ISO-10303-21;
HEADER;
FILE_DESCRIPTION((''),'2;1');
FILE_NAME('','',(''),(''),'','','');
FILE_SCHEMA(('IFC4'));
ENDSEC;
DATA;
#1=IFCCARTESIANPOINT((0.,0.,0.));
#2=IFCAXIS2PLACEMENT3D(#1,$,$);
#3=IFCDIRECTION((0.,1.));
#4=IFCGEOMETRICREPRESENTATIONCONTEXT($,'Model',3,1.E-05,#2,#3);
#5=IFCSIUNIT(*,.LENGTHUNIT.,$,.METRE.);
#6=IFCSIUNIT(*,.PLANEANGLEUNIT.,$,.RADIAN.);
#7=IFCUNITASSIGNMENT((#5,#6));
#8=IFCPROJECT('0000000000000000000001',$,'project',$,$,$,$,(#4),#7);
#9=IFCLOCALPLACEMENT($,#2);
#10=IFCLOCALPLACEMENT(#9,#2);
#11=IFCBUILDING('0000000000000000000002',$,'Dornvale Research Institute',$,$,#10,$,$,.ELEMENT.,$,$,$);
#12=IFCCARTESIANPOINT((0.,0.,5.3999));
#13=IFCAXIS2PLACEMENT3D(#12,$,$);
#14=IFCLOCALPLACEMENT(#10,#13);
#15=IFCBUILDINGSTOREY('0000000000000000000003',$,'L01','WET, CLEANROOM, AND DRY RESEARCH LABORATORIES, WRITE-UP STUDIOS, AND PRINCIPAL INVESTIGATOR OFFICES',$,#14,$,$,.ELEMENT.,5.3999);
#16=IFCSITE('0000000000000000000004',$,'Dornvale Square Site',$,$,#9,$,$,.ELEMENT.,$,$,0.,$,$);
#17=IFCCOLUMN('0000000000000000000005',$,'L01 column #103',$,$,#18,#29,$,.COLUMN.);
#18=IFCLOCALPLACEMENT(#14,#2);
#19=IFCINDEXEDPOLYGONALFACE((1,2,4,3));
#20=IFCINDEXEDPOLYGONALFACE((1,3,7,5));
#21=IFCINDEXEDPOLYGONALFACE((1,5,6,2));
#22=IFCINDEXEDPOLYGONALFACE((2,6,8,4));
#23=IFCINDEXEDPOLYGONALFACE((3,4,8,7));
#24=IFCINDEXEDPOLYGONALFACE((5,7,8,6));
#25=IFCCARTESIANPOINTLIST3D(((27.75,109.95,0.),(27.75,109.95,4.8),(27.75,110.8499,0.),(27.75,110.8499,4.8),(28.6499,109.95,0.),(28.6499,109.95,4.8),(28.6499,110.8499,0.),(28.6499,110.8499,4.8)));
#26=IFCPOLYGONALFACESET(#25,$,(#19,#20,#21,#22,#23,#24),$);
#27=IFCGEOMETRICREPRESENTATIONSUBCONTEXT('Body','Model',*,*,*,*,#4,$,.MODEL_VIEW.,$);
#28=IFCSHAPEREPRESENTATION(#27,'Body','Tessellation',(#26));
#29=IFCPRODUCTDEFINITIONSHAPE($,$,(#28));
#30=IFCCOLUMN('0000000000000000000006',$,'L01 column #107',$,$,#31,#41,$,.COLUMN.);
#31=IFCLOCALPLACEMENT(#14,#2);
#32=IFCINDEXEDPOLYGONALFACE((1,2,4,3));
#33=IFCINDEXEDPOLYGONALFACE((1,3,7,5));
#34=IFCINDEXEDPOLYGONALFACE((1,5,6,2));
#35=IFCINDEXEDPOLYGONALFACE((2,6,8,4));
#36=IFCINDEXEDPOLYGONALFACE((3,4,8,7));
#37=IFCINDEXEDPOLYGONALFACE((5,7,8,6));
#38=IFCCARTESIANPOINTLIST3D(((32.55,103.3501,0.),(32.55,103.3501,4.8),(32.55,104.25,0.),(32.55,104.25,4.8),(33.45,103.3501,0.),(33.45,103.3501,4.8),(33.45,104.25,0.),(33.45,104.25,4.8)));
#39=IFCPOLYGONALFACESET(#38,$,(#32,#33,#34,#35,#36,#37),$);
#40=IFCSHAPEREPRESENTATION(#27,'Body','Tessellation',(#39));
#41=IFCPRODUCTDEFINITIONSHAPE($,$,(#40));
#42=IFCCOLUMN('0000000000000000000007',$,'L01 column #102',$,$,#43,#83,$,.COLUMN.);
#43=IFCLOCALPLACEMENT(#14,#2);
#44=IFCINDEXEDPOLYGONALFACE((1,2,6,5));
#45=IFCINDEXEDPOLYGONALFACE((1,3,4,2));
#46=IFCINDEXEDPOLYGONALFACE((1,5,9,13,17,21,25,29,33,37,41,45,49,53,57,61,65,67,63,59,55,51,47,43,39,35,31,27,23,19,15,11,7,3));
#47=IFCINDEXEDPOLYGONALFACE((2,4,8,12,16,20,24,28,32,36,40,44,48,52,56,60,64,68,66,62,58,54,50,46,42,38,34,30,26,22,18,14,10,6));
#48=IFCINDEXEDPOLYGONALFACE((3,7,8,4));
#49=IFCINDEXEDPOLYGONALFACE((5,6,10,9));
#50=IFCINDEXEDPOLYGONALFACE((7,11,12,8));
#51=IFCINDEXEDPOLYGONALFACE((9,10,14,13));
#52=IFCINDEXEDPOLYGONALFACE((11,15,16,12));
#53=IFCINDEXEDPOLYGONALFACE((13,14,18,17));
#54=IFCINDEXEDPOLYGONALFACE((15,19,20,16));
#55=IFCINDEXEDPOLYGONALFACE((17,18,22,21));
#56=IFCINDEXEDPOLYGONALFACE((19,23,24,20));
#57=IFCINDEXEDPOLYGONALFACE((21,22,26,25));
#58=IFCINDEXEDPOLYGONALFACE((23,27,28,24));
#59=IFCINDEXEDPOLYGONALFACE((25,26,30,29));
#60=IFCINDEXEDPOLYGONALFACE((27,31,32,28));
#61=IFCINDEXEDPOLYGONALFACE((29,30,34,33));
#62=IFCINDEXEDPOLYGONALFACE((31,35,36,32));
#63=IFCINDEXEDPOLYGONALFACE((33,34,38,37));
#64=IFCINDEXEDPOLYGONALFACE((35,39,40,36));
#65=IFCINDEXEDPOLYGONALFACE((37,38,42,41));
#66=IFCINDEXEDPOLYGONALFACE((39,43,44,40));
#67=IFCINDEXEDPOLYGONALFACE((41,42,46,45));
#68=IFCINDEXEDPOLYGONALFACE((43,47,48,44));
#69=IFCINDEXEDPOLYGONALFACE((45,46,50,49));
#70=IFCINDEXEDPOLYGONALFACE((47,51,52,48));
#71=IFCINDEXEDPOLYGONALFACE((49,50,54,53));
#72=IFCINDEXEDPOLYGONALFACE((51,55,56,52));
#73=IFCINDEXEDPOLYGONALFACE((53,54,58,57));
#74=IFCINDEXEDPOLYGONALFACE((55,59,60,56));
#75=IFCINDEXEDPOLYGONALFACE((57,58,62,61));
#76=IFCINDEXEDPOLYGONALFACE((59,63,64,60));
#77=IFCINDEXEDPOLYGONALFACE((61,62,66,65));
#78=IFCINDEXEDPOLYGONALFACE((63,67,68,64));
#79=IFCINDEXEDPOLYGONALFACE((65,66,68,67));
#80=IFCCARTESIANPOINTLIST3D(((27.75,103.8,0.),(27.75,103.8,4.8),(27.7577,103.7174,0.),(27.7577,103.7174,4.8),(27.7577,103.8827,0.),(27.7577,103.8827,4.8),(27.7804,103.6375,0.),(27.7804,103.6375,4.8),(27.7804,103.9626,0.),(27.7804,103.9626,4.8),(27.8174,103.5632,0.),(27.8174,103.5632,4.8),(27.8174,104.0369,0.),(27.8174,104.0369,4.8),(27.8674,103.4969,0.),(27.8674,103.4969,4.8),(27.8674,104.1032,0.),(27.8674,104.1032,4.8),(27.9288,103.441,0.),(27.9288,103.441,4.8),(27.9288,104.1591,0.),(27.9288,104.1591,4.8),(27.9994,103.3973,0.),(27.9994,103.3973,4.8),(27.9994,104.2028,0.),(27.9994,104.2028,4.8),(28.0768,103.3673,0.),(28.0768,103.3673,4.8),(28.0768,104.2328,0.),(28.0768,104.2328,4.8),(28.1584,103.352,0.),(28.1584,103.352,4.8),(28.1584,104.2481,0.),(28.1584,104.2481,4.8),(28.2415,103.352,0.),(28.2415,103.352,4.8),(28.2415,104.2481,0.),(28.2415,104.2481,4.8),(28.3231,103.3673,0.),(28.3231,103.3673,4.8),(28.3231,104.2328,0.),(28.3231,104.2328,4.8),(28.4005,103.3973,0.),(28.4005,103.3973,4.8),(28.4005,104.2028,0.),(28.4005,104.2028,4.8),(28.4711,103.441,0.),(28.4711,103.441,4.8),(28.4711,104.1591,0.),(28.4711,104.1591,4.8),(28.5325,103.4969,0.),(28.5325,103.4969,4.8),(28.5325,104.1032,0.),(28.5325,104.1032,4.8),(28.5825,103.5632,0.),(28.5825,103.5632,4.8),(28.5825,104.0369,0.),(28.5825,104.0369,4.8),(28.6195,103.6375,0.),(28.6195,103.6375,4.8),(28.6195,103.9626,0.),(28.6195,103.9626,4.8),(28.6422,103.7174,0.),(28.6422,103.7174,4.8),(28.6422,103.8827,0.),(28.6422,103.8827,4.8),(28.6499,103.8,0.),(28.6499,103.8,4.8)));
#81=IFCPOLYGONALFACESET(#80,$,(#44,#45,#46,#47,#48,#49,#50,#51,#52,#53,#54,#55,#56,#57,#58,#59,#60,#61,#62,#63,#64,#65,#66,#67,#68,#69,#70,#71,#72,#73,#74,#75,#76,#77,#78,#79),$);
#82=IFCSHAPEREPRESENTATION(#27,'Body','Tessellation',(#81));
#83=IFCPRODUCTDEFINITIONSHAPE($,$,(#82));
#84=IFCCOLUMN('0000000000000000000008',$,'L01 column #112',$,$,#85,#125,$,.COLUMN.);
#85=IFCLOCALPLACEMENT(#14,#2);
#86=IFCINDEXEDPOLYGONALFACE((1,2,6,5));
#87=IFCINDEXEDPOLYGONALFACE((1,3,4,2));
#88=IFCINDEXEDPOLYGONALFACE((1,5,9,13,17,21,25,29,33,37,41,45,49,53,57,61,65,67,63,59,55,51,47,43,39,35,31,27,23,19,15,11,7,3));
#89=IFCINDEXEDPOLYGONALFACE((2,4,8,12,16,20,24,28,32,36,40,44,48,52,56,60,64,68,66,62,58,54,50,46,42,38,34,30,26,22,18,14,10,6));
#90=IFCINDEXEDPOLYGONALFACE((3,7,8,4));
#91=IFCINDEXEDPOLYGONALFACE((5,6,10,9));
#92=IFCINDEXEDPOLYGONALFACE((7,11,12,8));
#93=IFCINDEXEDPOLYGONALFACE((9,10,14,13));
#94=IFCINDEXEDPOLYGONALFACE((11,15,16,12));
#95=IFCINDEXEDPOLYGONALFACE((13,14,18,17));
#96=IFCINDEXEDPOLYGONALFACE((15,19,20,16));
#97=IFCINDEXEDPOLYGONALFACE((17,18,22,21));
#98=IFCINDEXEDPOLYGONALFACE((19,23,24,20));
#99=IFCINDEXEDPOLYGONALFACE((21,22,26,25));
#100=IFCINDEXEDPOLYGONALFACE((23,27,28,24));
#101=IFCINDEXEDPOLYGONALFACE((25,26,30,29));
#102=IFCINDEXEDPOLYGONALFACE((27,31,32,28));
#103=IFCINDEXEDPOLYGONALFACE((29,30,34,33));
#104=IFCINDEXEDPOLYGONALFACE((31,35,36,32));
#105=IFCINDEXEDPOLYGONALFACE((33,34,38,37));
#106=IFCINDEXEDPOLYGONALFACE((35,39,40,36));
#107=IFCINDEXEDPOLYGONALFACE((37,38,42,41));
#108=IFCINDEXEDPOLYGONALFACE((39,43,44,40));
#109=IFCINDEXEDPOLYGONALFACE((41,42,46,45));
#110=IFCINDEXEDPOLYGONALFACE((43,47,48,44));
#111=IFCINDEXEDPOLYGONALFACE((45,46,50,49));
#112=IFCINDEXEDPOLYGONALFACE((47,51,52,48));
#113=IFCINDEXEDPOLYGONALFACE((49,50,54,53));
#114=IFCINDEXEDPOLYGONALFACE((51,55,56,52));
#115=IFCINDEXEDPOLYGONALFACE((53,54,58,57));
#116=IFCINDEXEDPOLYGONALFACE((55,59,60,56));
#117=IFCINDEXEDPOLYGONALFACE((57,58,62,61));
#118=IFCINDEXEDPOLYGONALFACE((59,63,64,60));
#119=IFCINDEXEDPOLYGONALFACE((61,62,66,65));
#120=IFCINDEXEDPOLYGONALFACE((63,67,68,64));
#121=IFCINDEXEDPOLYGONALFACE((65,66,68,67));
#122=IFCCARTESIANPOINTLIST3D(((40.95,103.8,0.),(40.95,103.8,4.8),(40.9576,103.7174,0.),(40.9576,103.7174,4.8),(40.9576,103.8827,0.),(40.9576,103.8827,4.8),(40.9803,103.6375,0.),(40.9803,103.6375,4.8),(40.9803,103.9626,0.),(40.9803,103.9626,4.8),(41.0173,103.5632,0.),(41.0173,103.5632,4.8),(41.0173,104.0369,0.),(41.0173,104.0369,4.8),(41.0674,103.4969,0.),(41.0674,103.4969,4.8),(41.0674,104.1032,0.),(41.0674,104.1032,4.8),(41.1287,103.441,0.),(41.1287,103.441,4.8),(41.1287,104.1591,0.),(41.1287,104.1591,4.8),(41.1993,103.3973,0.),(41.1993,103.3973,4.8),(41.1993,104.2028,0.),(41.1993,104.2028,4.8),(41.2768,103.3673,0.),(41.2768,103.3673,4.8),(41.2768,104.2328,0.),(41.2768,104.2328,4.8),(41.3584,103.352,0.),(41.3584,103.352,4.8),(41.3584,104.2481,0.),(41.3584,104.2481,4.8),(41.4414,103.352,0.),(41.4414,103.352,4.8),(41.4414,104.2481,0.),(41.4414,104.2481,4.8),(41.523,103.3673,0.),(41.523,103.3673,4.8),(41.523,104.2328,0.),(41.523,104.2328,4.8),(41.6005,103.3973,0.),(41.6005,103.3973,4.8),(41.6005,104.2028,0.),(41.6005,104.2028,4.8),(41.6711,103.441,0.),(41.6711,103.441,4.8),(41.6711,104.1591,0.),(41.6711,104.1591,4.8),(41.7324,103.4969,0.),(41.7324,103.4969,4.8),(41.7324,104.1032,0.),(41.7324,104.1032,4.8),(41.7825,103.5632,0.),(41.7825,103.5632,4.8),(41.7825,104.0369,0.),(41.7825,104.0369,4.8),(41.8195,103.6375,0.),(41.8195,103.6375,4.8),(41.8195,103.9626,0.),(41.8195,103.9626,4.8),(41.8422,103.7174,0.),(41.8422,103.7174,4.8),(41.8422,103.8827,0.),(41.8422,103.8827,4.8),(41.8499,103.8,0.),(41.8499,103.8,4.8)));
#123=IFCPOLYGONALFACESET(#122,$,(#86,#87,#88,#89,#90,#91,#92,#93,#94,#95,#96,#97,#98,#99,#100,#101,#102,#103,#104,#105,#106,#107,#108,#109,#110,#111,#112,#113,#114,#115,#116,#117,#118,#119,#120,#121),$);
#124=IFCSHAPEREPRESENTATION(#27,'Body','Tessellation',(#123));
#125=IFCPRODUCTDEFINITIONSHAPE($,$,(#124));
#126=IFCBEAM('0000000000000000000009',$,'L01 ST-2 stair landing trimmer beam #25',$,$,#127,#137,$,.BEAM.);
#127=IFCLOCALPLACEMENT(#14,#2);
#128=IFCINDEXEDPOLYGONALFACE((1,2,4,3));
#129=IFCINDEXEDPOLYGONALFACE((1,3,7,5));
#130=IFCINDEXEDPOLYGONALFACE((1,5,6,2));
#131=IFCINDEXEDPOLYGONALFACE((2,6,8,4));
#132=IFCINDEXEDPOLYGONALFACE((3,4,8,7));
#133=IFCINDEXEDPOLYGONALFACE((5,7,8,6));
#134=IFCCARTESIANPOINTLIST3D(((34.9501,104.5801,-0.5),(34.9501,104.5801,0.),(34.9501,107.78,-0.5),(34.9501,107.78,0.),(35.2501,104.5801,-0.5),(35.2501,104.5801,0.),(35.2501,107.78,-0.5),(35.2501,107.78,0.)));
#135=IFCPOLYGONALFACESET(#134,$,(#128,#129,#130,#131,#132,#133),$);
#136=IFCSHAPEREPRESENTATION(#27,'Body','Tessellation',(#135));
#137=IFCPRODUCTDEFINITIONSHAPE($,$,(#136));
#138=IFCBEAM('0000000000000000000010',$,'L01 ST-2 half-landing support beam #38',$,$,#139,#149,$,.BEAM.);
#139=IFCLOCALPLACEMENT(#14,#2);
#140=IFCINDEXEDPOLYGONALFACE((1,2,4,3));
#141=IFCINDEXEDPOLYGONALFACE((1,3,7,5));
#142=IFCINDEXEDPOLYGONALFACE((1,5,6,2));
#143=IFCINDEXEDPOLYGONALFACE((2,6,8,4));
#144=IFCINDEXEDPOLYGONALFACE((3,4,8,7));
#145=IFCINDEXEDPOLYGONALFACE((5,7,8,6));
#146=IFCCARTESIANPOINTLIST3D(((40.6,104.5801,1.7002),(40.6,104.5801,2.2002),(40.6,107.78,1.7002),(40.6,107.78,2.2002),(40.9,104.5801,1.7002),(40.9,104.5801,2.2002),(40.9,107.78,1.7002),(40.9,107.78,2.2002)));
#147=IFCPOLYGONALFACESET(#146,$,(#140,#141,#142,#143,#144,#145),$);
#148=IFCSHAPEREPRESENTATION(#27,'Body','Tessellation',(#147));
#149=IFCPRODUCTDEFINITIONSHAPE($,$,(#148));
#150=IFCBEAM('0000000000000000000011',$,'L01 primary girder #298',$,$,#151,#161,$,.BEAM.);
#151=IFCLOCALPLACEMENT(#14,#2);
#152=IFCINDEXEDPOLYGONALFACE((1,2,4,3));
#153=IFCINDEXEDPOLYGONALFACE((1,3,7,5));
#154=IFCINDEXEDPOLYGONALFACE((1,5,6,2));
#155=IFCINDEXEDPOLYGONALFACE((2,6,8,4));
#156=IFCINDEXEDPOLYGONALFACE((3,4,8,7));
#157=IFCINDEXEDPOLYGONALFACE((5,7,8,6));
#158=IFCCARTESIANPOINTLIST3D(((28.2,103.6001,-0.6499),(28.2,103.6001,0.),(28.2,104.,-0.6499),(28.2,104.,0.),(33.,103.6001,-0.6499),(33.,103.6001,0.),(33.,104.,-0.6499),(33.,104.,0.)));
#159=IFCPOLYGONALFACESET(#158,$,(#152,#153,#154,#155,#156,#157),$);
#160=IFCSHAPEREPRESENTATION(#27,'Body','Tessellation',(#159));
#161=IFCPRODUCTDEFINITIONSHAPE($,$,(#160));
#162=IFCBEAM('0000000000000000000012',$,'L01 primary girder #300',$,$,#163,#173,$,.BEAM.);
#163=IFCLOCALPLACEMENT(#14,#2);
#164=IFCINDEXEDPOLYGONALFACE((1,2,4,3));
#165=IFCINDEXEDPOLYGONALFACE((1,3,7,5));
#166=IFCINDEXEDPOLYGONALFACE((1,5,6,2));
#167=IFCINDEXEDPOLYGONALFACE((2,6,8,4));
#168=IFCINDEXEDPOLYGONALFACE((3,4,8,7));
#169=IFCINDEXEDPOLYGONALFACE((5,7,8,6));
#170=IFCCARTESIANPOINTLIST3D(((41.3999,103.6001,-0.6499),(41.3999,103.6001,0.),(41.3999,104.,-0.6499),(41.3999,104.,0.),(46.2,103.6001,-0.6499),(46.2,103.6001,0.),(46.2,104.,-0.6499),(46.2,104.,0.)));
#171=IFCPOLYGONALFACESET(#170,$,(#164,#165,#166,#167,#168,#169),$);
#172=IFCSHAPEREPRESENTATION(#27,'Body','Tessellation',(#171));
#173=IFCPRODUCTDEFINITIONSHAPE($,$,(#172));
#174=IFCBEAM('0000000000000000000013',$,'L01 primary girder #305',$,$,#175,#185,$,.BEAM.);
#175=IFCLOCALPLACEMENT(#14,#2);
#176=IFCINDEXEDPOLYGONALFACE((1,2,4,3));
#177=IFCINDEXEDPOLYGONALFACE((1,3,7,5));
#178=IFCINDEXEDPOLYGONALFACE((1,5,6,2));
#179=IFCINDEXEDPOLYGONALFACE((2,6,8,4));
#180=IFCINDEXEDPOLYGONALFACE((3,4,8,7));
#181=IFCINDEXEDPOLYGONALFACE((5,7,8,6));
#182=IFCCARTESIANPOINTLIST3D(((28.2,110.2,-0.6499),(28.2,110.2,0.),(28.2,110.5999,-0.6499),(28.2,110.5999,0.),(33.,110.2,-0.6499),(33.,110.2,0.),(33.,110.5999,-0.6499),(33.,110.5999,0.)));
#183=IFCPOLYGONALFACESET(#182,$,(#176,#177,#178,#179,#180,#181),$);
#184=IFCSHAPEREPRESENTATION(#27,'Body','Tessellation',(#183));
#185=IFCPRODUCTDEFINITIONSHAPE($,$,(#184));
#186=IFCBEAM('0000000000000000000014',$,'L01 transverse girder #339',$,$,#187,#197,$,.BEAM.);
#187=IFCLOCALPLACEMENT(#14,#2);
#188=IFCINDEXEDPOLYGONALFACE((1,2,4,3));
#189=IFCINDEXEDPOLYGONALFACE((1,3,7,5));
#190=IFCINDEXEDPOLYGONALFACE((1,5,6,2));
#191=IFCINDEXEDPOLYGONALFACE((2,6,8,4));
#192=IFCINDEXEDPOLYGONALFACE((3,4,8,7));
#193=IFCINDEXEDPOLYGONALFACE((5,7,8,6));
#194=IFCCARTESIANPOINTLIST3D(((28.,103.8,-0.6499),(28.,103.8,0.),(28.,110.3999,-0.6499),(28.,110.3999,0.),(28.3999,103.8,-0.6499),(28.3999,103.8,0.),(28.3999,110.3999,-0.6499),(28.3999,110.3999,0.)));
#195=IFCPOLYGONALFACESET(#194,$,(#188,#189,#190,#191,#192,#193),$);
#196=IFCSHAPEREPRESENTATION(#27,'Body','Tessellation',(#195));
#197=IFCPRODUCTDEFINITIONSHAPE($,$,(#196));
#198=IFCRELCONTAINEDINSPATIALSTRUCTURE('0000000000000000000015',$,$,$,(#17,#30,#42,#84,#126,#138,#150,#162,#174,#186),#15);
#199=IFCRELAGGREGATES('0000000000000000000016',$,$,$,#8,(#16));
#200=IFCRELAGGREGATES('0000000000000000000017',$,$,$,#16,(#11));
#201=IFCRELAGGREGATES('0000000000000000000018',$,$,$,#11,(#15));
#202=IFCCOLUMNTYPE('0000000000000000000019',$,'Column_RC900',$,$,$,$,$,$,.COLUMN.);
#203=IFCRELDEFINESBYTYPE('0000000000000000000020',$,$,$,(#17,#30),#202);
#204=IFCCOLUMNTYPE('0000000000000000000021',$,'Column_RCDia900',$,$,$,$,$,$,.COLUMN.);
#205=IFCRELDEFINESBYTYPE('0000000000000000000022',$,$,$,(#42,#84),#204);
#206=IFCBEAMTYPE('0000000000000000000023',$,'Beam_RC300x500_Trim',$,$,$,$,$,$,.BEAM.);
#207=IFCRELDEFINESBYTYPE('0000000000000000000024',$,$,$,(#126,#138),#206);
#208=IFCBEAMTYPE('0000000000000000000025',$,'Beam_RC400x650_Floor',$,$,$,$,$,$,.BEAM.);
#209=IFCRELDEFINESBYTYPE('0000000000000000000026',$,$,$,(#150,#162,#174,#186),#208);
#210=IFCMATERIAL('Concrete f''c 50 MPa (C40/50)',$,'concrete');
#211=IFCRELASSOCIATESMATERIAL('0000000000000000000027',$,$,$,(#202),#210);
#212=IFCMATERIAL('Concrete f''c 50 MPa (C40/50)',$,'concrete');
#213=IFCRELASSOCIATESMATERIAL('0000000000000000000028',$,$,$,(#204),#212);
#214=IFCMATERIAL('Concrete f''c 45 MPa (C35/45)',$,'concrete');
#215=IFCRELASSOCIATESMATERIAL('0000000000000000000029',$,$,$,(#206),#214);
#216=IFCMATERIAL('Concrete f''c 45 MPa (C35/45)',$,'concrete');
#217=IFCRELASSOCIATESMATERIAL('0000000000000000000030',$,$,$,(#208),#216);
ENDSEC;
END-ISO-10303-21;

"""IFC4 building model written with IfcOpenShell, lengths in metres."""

from ifc_helpers import new_model, si_unit, direction, frame, origin, origin_2d, place, context, subcontext, project, spatial, rectangle, circle, extrude, material, material_profile, profile_set, type_object, element, save


model = new_model("IFC4")

# Units and contexts
model_context = context("Model", 3, precision=1e-05, world=origin(), true_north=direction((0.0, 1.0)))
body_context = subcontext(model_context, "Body", "Model", "MODEL_VIEW")
ifc_project = project(units=[si_unit("LENGTHUNIT", "METRE"), si_unit("PLANEANGLEUNIT", "RADIAN")], contexts=[model_context])

# Site, building, storey
site_placement = place(None, origin())
site = spatial("IfcSite", under=ifc_project, at=site_placement, Name="Dornvale Square Site", CompositionType="ELEMENT", RefElevation=0.0)
building_placement = place(site_placement, origin())
building = spatial("IfcBuilding", under=site, at=building_placement, Name="Dornvale Research Institute", CompositionType="ELEMENT")
storey_placement = place(building_placement, frame((0.0, 0.0, 5.3999)))
storey = spatial("IfcBuildingStorey", under=building, at=storey_placement, Name="L01", Description="WET, CLEANROOM, AND DRY RESEARCH LABORATORIES, WRITE-UP STUDIOS, AND PRINCIPAL INVESTIGATOR OFFICES", CompositionType="ELEMENT", Elevation=5.3999)

# Columns
ifc_material_1 = material(Name="Concrete f'c 50 MPa (C40/50)", Category="concrete")
ifc_material_profile_1 = material_profile(ifc_material_1, rectangle(XDim=0.8999, YDim=0.8999, at=origin_2d()), Name="RC 900x900")
ifc_profile_set_1 = profile_set([ifc_material_profile_1], Name="Concrete f'c 50 MPa (C40/50)")
column_type_1 = type_object("IfcColumnType", Name="Column_RC900", PredefinedType="COLUMN", material=ifc_profile_set_1)
for number, where, z_axis, x_axis, name in (
    (1, (28.2, 110.3999, 0.0), (0.0, 0.0, 1.0), (1.0, 0.0, 0.0), "L01 column #103"),
    (2, (33.0, 103.8, 0.0), (0.0, 0.0, 1.0), (1.0, 0.0, 0.0), "L01 column #107"),
):
    element("IfcColumn", number, at=place(storey_placement, frame(where, z_axis=z_axis, x_axis=x_axis)), inside=storey, type_object=column_type_1, Name=name, PredefinedType="COLUMN", context=body_context, shape_type="SweptSolid", body=[
        extrude(rectangle(XDim=0.8999, YDim=0.8999, at=origin_2d()), origin(), (0.0, 0.0, 1.0), 4.8),
    ])
ifc_material_2 = material(Name="Concrete f'c 50 MPa (C40/50)", Category="concrete")
ifc_material_profile_2 = material_profile(ifc_material_2, circle(Radius=0.45, at=origin_2d()), Name="RC DIA 900")
ifc_profile_set_2 = profile_set([ifc_material_profile_2], Name="Concrete f'c 50 MPa (C40/50)")
column_type_2 = type_object("IfcColumnType", Name="Column_RCDia900", PredefinedType="COLUMN", material=ifc_profile_set_2)
for number, where, z_axis, x_axis, name in (
    (3, (28.2, 103.8, 0.0), (0.0, 0.0, 1.0), (1.0, 0.0, 0.0), "L01 column #102"),
    (4, (41.3999, 103.8, 0.0), (0.0, 0.0, 1.0), (1.0, 0.0, 0.0), "L01 column #112"),
):
    element("IfcColumn", number, at=place(storey_placement, frame(where, z_axis=z_axis, x_axis=x_axis)), inside=storey, type_object=column_type_2, Name=name, PredefinedType="COLUMN", context=body_context, shape_type="SweptSolid", body=[
        extrude(circle(Radius=0.45, at=origin_2d()), origin(), (0.0, 0.0, 1.0), 4.8),
    ])

# Beams
ifc_material_3 = material(Name="Concrete f'c 45 MPa (C35/45)", Category="concrete")
ifc_material_profile_3 = material_profile(ifc_material_3, rectangle(XDim=0.3, YDim=0.5, at=origin_2d()), Name="RC 300x500")
ifc_profile_set_3 = profile_set([ifc_material_profile_3], Name="Concrete f'c 45 MPa (C35/45)")
beam_type_1 = type_object("IfcBeamType", Name="Beam_RC300x500_Trim", PredefinedType="BEAM", material=ifc_profile_set_3)
for number, where, z_axis, x_axis, name in (
    (5, (35.1001, 104.5801, -0.25), (0.0, 1.0, 0.0), (-1.0, 0.0, 0.0), "L01 ST-2 stair landing trimmer beam #25"),
    (6, (40.75, 104.5801, 1.9502), (0.0, 1.0, 0.0), (-1.0, 0.0, 0.0), "L01 ST-2 half-landing support beam #38"),
):
    element("IfcBeam", number, at=place(storey_placement, frame(where, z_axis=z_axis, x_axis=x_axis)), inside=storey, type_object=beam_type_1, Name=name, PredefinedType="BEAM", context=body_context, shape_type="SweptSolid", body=[
        extrude(rectangle(XDim=0.3, YDim=0.5, at=origin_2d()), origin(), (0.0, 0.0, 1.0), 3.2),
    ])
ifc_material_4 = material(Name="Concrete f'c 45 MPa (C35/45)", Category="concrete")
ifc_material_profile_4 = material_profile(ifc_material_4, rectangle(XDim=0.3999, YDim=0.6499, at=origin_2d()), Name="RC 400x650")
ifc_profile_set_4 = profile_set([ifc_material_profile_4], Name="Concrete f'c 45 MPa (C35/45)")
beam_type_2 = type_object("IfcBeamType", Name="Beam_RC400x650_Floor", PredefinedType="BEAM", material=ifc_profile_set_4)
for number, where, z_axis, x_axis, name in (
    (7, (28.2, 103.8, -0.325), (1.0, 0.0, 0.0), (0.0, 1.0, 0.0), "L01 primary girder #298"),
    (8, (41.3999, 103.8, -0.325), (1.0, 0.0, 0.0), (0.0, 1.0, 0.0), "L01 primary girder #300"),
    (9, (28.2, 110.3999, -0.325), (1.0, 0.0, 0.0), (0.0, 1.0, 0.0), "L01 primary girder #305"),
):
    element("IfcBeam", number, at=place(storey_placement, frame(where, z_axis=z_axis, x_axis=x_axis)), inside=storey, type_object=beam_type_2, Name=name, PredefinedType="BEAM", context=body_context, shape_type="SweptSolid", body=[
        extrude(rectangle(XDim=0.3999, YDim=0.6499, at=origin_2d()), origin(), (0.0, 0.0, 1.0), 4.8),
    ])
beam_1_placement = place(storey_placement, frame((28.2, 103.8, -0.325), z_axis=(0.0, 1.0, 0.0), x_axis=(-1.0, 0.0, 0.0)))
element("IfcBeam", 10, at=beam_1_placement, inside=storey, type_object=beam_type_2, Name="L01 transverse girder #339", PredefinedType="BEAM", context=body_context, shape_type="SweptSolid", body=[
    extrude(rectangle(XDim=0.3999, YDim=0.6499, at=origin_2d()), origin(), (0.0, 0.0, 1.0), 6.5999),
])

save(model, "model.ifc")
